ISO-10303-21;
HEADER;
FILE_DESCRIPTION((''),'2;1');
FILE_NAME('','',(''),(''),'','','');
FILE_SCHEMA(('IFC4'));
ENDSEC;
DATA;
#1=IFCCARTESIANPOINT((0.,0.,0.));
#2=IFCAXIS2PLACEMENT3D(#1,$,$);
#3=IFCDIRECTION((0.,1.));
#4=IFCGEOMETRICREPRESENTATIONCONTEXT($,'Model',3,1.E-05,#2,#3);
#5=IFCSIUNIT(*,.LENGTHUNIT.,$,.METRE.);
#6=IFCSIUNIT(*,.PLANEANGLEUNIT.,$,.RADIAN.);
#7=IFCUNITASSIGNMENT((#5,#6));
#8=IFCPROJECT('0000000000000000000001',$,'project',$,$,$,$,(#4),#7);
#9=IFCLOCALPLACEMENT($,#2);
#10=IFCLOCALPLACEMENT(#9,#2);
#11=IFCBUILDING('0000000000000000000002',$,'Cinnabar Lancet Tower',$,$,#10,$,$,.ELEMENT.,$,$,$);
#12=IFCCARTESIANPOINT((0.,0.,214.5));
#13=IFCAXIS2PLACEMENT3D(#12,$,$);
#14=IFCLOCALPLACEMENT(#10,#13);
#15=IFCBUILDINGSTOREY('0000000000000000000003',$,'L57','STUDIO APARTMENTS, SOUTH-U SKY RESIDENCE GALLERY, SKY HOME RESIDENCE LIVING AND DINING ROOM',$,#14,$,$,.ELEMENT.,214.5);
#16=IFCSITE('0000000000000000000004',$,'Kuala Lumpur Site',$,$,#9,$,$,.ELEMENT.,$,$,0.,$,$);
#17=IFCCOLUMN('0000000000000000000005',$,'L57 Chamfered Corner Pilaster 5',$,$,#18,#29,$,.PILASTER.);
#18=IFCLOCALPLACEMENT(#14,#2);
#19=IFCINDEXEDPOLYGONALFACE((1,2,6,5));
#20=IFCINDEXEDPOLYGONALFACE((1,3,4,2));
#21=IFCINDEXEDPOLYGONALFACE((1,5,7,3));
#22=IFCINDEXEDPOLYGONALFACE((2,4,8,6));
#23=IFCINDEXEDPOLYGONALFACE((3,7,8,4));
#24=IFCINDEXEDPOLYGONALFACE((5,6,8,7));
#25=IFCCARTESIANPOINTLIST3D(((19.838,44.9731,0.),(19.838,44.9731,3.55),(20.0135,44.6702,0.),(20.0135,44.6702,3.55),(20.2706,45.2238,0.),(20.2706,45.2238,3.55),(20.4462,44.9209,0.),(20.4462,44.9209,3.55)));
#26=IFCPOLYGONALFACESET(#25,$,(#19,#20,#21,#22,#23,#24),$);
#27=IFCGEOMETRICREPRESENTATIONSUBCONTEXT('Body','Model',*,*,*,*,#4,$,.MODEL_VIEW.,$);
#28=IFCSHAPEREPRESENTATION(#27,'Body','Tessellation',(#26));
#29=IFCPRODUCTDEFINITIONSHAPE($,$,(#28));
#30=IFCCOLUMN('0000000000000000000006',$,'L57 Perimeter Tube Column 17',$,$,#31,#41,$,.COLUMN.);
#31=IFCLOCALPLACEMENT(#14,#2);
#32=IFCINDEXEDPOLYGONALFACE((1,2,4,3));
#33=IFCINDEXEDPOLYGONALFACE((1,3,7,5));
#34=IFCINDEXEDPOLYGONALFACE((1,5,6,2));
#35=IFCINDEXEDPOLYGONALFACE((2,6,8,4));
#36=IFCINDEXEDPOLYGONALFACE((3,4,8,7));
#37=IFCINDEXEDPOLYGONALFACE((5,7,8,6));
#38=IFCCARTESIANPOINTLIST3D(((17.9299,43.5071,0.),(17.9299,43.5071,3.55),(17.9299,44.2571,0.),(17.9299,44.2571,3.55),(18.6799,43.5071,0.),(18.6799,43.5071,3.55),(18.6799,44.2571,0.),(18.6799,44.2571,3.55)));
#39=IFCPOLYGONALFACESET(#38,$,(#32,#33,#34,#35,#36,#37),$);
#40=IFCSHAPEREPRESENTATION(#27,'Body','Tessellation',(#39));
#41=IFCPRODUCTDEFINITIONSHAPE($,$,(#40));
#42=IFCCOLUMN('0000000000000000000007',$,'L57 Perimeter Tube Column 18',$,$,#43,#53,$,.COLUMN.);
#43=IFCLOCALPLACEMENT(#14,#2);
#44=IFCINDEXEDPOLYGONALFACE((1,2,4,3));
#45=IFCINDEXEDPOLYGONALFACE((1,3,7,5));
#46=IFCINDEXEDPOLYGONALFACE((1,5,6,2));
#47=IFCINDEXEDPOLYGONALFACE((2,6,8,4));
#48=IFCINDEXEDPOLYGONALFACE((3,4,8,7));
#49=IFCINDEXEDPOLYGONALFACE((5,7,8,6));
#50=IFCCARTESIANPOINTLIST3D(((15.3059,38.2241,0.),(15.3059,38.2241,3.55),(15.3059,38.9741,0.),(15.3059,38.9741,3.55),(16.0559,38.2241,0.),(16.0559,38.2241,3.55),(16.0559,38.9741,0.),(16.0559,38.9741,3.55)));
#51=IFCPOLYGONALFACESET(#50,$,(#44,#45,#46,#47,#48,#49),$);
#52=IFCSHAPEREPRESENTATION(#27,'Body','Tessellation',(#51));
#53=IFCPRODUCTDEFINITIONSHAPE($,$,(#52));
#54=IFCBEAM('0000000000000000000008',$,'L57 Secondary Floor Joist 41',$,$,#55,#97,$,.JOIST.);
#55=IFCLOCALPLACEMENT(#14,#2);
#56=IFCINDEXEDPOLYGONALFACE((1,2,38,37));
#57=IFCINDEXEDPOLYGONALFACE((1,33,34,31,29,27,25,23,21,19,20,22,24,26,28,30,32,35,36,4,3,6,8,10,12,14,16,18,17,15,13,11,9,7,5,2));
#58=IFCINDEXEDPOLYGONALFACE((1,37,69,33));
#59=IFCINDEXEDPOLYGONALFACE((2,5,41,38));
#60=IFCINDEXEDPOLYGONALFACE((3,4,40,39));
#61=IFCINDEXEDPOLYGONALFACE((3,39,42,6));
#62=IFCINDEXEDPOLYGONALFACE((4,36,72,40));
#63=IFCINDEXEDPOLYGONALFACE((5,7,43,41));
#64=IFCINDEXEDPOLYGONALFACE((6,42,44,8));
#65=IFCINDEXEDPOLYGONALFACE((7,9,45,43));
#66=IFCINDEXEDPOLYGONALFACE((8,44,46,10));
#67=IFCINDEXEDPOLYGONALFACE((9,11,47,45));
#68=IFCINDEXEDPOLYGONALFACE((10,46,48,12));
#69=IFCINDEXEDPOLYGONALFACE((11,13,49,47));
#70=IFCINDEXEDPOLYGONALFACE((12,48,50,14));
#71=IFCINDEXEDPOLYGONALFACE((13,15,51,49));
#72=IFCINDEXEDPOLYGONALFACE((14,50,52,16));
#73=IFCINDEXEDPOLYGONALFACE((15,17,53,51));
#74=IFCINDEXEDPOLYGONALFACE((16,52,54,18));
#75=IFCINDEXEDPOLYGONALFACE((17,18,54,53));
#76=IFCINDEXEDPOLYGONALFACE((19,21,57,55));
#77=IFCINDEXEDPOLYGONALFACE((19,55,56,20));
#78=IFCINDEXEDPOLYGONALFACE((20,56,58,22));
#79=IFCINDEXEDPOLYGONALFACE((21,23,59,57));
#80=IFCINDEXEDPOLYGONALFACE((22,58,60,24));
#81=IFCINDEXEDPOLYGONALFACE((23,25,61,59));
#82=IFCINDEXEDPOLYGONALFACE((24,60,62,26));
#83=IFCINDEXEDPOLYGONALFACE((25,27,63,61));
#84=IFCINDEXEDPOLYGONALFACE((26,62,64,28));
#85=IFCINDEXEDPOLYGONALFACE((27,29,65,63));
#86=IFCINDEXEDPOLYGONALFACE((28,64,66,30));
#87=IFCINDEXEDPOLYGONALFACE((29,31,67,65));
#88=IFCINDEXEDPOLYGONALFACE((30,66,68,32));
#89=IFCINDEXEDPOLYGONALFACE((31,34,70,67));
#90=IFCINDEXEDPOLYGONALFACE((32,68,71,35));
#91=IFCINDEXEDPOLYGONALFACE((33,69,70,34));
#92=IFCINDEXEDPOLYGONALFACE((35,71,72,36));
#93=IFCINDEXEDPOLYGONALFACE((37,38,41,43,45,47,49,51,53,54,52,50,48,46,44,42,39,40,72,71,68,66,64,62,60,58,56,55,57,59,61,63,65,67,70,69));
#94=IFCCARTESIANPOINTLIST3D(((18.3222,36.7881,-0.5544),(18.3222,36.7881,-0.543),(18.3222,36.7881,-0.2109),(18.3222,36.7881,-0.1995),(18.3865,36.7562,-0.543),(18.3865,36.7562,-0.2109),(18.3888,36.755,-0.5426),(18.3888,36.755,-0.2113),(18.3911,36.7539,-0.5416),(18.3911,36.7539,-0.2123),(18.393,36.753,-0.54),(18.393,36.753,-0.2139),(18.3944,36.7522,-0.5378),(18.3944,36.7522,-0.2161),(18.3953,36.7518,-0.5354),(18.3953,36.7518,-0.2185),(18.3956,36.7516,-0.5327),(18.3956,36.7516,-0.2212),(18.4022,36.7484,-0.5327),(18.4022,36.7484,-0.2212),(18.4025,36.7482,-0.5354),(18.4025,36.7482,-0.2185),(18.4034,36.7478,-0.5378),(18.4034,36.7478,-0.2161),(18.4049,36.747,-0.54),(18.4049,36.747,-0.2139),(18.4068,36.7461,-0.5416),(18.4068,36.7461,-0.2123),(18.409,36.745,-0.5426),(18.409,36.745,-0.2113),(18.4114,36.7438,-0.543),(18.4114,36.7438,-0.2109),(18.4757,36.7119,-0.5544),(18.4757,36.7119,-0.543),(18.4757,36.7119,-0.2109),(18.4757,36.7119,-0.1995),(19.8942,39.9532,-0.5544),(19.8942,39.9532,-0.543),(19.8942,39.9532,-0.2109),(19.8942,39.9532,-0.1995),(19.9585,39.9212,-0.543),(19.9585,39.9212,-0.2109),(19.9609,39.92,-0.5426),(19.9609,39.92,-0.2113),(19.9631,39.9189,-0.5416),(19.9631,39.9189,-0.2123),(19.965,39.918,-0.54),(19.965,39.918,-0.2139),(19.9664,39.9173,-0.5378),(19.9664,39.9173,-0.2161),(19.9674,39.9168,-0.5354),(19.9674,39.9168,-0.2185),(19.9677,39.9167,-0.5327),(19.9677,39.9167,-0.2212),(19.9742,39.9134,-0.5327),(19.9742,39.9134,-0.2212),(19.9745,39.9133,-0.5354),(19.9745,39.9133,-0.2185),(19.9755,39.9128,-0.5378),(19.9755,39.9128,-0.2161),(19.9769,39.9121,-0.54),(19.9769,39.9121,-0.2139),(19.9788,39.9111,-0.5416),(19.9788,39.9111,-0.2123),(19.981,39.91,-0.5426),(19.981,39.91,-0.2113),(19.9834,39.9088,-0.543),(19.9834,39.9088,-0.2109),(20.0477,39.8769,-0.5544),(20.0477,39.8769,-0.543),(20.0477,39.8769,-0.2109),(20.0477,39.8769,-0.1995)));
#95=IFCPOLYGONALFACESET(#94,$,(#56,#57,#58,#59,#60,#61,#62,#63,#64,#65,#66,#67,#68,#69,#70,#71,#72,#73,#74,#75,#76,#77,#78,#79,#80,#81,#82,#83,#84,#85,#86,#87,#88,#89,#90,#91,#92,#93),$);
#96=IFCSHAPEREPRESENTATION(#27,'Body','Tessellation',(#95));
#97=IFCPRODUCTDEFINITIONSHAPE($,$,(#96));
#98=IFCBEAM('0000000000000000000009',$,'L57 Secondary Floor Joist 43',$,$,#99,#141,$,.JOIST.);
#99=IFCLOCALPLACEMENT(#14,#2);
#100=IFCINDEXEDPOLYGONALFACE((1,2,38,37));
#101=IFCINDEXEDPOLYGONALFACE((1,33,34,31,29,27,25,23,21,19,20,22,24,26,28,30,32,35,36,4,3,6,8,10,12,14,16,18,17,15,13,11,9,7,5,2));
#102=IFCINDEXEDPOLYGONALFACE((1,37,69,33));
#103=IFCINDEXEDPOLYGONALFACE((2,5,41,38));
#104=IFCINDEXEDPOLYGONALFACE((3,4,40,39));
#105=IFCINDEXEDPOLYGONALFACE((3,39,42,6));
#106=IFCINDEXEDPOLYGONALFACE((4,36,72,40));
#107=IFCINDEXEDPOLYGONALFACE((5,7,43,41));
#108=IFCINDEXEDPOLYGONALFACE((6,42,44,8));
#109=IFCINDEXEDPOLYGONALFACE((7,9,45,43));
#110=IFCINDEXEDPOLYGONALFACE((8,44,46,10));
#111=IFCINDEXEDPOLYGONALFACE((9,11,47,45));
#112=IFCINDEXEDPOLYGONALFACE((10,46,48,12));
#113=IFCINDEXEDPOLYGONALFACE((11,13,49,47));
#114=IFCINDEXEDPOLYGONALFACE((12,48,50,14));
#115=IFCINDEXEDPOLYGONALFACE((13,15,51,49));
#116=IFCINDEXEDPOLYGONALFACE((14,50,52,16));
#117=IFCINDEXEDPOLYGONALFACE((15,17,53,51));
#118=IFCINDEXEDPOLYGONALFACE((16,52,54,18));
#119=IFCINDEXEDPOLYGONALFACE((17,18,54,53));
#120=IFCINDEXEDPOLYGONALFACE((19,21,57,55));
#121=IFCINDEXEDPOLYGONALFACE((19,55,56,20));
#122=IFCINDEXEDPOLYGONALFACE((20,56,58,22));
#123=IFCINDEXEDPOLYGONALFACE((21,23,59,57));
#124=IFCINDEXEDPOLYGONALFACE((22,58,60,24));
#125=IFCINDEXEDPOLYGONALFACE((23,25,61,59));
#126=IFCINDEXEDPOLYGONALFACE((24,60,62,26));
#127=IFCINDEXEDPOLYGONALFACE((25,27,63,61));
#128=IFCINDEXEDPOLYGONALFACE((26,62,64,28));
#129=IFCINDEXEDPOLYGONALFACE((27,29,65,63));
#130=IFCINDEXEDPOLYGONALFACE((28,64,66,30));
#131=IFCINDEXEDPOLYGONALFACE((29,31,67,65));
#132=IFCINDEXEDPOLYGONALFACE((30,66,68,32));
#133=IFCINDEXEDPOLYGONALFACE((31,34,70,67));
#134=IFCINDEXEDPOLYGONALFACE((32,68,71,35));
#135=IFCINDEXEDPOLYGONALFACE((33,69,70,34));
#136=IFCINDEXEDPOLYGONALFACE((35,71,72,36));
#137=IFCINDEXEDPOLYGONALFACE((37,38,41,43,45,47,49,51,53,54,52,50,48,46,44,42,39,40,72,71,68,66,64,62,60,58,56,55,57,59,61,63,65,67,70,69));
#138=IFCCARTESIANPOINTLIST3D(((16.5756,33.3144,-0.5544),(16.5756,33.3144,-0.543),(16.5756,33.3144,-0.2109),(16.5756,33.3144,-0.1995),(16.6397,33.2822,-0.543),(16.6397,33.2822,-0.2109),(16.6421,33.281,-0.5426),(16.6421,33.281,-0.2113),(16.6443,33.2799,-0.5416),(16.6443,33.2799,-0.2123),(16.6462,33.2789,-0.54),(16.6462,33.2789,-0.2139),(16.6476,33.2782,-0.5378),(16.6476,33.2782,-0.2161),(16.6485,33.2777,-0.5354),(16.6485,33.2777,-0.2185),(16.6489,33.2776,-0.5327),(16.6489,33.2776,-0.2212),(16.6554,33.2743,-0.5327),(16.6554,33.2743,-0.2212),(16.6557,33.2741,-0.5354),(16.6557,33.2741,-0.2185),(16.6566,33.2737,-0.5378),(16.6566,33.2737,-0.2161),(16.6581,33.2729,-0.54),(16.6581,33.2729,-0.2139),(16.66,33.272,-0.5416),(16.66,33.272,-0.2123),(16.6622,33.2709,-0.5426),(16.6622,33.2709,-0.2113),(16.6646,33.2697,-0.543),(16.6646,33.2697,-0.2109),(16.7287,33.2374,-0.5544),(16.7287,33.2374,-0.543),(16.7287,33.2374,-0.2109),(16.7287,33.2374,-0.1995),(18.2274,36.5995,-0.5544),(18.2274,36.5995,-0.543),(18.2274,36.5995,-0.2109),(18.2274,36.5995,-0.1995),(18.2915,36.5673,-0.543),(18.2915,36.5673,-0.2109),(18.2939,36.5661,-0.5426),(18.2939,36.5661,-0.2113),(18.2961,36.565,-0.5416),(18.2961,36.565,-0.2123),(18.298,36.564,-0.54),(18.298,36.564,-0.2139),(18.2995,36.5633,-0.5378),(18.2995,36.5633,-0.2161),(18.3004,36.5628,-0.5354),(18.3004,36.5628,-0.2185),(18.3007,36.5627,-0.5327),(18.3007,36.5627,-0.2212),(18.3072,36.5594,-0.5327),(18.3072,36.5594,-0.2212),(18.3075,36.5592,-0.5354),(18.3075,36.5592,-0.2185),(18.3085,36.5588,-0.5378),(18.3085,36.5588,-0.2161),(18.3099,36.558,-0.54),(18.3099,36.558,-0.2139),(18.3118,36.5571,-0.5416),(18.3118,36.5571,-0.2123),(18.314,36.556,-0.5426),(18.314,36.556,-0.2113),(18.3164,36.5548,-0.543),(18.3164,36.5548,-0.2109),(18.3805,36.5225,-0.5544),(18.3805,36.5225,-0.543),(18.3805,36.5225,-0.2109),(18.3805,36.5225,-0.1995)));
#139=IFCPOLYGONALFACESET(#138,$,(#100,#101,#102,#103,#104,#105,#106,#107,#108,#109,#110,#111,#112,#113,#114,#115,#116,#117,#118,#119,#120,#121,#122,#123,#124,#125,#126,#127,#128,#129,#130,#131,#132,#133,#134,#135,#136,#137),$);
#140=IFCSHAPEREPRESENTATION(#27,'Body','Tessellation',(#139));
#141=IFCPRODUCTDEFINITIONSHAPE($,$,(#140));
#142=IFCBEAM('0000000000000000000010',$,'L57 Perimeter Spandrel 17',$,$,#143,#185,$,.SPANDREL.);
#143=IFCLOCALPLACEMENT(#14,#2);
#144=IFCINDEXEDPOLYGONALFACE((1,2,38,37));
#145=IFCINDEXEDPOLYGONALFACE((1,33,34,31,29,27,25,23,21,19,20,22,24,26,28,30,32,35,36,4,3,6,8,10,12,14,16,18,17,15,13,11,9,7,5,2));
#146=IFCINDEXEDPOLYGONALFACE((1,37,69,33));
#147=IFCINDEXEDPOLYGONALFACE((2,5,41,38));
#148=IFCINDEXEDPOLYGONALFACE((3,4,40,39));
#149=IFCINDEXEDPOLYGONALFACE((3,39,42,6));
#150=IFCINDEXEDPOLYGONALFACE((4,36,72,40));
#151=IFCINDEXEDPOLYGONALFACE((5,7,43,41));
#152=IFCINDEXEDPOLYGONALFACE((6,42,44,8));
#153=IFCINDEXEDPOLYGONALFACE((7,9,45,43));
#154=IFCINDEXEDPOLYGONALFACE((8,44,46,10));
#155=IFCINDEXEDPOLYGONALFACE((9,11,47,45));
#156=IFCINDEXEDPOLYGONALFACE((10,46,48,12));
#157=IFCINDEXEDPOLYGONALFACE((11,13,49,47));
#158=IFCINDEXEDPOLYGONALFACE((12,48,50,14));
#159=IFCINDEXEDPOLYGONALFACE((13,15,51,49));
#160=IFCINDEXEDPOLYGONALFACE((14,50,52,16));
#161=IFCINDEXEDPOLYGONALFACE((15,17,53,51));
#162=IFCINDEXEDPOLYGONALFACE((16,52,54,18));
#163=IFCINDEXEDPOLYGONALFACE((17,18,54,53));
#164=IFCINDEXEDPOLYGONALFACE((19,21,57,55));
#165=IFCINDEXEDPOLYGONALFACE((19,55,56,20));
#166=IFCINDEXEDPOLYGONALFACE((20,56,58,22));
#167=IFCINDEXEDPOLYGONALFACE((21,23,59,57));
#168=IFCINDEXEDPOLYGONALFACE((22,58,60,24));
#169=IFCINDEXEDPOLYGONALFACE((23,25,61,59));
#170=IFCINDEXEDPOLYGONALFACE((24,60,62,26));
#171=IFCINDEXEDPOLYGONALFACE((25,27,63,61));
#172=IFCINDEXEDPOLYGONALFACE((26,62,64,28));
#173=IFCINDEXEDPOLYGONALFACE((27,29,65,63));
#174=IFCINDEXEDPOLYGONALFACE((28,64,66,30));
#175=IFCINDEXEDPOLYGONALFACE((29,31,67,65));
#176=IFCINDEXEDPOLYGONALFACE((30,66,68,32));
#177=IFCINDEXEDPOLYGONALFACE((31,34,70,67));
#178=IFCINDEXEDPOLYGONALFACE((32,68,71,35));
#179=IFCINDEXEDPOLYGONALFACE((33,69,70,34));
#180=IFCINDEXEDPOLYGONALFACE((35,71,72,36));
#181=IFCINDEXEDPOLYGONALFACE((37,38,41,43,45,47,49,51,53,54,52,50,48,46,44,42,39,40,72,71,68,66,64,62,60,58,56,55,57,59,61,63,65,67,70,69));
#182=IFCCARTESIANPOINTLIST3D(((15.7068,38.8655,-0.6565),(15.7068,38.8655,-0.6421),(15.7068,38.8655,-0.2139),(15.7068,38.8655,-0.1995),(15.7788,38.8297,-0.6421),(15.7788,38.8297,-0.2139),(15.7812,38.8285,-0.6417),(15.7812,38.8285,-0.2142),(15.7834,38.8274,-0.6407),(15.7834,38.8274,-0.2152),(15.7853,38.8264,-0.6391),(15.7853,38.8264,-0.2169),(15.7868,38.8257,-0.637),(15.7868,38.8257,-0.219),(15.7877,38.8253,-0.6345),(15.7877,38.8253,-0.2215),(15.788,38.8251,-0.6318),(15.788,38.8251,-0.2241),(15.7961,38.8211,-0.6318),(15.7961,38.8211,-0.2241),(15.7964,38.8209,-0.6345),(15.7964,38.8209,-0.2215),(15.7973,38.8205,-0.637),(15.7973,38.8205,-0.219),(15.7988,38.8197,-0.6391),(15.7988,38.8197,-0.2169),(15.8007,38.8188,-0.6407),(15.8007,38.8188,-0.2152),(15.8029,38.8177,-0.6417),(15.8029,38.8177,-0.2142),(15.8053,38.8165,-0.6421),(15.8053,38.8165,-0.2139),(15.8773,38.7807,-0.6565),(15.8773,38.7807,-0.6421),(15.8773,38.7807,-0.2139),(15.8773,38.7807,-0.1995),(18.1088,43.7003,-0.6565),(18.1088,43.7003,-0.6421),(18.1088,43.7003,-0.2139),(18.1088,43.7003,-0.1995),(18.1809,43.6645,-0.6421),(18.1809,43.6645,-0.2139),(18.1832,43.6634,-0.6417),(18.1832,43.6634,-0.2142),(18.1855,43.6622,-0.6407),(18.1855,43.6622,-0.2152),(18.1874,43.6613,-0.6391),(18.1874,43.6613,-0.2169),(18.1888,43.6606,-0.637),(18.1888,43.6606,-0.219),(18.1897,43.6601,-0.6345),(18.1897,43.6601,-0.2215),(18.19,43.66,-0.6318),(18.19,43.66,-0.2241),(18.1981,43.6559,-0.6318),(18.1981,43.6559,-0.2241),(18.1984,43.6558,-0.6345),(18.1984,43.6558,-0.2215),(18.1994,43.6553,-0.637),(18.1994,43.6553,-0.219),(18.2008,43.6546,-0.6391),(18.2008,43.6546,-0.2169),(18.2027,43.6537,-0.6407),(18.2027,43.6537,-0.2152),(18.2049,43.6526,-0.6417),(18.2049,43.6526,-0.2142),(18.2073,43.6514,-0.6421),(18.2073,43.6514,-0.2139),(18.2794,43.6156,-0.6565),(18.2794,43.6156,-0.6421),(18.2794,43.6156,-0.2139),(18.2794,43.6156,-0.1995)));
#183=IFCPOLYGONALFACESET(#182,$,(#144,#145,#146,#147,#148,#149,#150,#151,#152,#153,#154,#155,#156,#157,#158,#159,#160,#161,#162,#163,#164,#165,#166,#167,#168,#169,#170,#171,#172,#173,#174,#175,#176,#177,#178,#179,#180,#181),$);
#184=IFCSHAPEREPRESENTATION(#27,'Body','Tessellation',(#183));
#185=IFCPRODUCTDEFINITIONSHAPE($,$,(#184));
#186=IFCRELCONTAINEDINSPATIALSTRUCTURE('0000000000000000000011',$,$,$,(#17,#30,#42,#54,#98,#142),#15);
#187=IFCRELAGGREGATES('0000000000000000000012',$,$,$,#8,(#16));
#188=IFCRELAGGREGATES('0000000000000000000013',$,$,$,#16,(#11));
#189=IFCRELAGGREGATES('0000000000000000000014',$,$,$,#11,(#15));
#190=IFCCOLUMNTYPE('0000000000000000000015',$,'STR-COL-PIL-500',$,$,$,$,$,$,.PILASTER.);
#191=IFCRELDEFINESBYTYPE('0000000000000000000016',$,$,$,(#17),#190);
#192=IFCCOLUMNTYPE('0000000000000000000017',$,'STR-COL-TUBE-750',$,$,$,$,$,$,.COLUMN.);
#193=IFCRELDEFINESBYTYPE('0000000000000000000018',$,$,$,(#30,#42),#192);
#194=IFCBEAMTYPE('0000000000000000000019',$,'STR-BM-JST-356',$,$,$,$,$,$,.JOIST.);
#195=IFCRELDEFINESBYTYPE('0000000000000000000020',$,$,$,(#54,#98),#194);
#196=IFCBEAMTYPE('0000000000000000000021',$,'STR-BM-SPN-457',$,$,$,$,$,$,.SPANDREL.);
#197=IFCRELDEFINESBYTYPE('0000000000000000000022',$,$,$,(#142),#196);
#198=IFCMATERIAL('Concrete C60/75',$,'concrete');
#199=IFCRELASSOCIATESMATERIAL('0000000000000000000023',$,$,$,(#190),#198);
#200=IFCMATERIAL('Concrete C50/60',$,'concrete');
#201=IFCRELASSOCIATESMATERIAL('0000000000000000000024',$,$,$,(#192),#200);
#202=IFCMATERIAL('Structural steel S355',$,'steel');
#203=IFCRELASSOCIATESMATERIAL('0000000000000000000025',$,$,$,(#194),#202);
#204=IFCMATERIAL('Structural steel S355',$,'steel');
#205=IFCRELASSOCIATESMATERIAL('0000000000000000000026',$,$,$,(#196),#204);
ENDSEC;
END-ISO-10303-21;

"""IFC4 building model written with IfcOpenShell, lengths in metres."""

from ifc_helpers import new_model, si_unit, direction, frame, origin, origin_2d, place, context, subcontext, project, spatial, rectangle, i_section, extrude, material, material_profile, profile_set, type_object, element, save


model = new_model("IFC4")

# Units and contexts
model_context = context("Model", 3, precision=1e-05, world=origin(), true_north=direction((0.0, 1.0)))
body_context = subcontext(model_context, "Body", "Model", "MODEL_VIEW")
ifc_project = project(units=[si_unit("LENGTHUNIT", "METRE"), si_unit("PLANEANGLEUNIT", "RADIAN")], contexts=[model_context])

# Site, building, storey
site_placement = place(None, origin())
site = spatial("IfcSite", under=ifc_project, at=site_placement, Name="Kuala Lumpur Site", CompositionType="ELEMENT", RefElevation=0.0)
building_placement = place(site_placement, origin())
building = spatial("IfcBuilding", under=site, at=building_placement, Name="Cinnabar Lancet Tower", CompositionType="ELEMENT")
storey_placement = place(building_placement, frame((0.0, 0.0, 214.5)))
storey = spatial("IfcBuildingStorey", under=building, at=storey_placement, Name="L57", Description="STUDIO APARTMENTS, SOUTH-U SKY RESIDENCE GALLERY, SKY HOME RESIDENCE LIVING AND DINING ROOM", CompositionType="ELEMENT", Elevation=214.5)

# Columns
ifc_material_1 = material(Name="Concrete C60/75", Category="concrete")
ifc_material_profile_1 = material_profile(ifc_material_1, rectangle(XDim=0.5, YDim=0.3501, at=origin_2d()), Name="RC-PIL 500x350")
ifc_profile_set_1 = profile_set([ifc_material_profile_1], Name="Concrete C60/75")
column_type_1 = type_object("IfcColumnType", Name="STR-COL-PIL-500", PredefinedType="PILASTER", material=ifc_profile_set_1)
column_placement = place(storey_placement, frame((20.1421, 44.947, 0.0), z_axis=(0.0, 0.0, 1.0), x_axis=(-0.86523, -0.501375, 0.0)))
element("IfcColumn", 1, at=column_placement, inside=storey, type_object=column_type_1, Name="L57 Chamfered Corner Pilaster 5", PredefinedType="PILASTER", context=body_context, shape_type="SweptSolid", body=[
    extrude(rectangle(XDim=0.5, YDim=0.3501, at=origin_2d()), origin(), (0.0, 0.0, 1.0), 3.55),
])
ifc_material_2 = material(Name="Concrete C50/60", Category="concrete")
ifc_material_profile_2 = material_profile(ifc_material_2, rectangle(XDim=0.75, YDim=0.75, at=origin_2d()), Name="RC-COL 750x750")
ifc_profile_set_2 = profile_set([ifc_material_profile_2], Name="Concrete C50/60")
column_type_2 = type_object("IfcColumnType", Name="STR-COL-TUBE-750", PredefinedType="COLUMN", material=ifc_profile_set_2)
for number, where, z_axis, x_axis, name in (
    (2, (18.3049, 43.8821, 0.0), (0.0, 0.0, 1.0), (1.0, 0.0, 0.0), "L57 Perimeter Tube Column 17"),
    (3, (15.6809, 38.5991, 0.0), (0.0, 0.0, 1.0), (1.0, 0.0, 0.0), "L57 Perimeter Tube Column 18"),
):
    element("IfcColumn", number, at=place(storey_placement, frame(where, z_axis=z_axis, x_axis=x_axis)), inside=storey, type_object=column_type_2, Name=name, PredefinedType="COLUMN", context=body_context, shape_type="SweptSolid", body=[
        extrude(rectangle(XDim=0.75, YDim=0.75, at=origin_2d()), origin(), (0.0, 0.0, 1.0), 3.55),
    ])

# Beams
ifc_material_3 = material(Name="Structural steel S355", Category="steel")
ifc_material_profile_3 = material_profile(ifc_material_3, i_section(OverallWidth=0.1714, OverallDepth=0.355, WebThickness=0.0073, FlangeThickness=0.0115, FilletRadius=0.0103, at=origin_2d()), Name="UKB 356x171x51")
ifc_profile_set_3 = profile_set([ifc_material_profile_3], Name="Structural steel S355")
beam_type_1 = type_object("IfcBeamType", Name="STR-BM-JST-356", PredefinedType="JOIST", material=ifc_profile_set_3)
beam_1_placement = place(storey_placement, frame((19.9709, 39.915, -0.377), z_axis=(-0.444836, -0.895612, 0.0), x_axis=(0.895612, -0.444836, 0.0)))
element("IfcBeam", 4, at=beam_1_placement, inside=storey, type_object=beam_type_1, Name="L57 Secondary Floor Joist 41", PredefinedType="JOIST", context=body_context, shape_type="SweptSolid", body=[
    extrude(i_section(OverallWidth=0.1714, OverallDepth=0.355, WebThickness=0.0073, FlangeThickness=0.0115, FilletRadius=0.0103, at=origin_2d()), origin(), (0.0, 0.0, 1.0), 3.5339),
])
beam_2_placement = place(storey_placement, frame((18.304, 36.561, -0.377), z_axis=(-0.449231, -0.893416, 0.0), x_axis=(0.893416, -0.449231, 0.0)))
element("IfcBeam", 5, at=beam_2_placement, inside=storey, type_object=beam_type_1, Name="L57 Secondary Floor Joist 43", PredefinedType="JOIST", context=body_context, shape_type="SweptSolid", body=[
    extrude(i_section(OverallWidth=0.1714, OverallDepth=0.355, WebThickness=0.0073, FlangeThickness=0.0115, FilletRadius=0.0103, at=origin_2d()), origin(), (0.0, 0.0, 1.0), 3.677),
])
ifc_material_4 = material(Name="Structural steel S355", Category="steel")
ifc_material_profile_4 = material_profile(ifc_material_4, i_section(OverallWidth=0.1904, OverallDepth=0.457, WebThickness=0.009, FlangeThickness=0.0144, FilletRadius=0.0103, at=origin_2d()), Name="UKB 457x191x74")
ifc_profile_set_4 = profile_set([ifc_material_profile_4], Name="Structural steel S355")
beam_type_2 = type_object("IfcBeamType", Name="STR-BM-SPN-457", PredefinedType="SPANDREL", material=ifc_profile_set_4)
beam_3_placement = place(storey_placement, frame((18.1941, 43.658, -0.428), z_axis=(-0.444933, -0.895564, 0.0), x_axis=(0.895564, -0.444933, 0.0)))
element("IfcBeam", 6, at=beam_3_placement, inside=storey, type_object=beam_type_2, Name="L57 Perimeter Spandrel 17", PredefinedType="SPANDREL", context=body_context, shape_type="SweptSolid", body=[
    extrude(i_section(OverallWidth=0.1904, OverallDepth=0.457, WebThickness=0.009, FlangeThickness=0.0144, FilletRadius=0.0103, at=origin_2d()), origin(), (0.0, 0.0, 1.0), 5.3987),
])

save(model, "model.ifc")
